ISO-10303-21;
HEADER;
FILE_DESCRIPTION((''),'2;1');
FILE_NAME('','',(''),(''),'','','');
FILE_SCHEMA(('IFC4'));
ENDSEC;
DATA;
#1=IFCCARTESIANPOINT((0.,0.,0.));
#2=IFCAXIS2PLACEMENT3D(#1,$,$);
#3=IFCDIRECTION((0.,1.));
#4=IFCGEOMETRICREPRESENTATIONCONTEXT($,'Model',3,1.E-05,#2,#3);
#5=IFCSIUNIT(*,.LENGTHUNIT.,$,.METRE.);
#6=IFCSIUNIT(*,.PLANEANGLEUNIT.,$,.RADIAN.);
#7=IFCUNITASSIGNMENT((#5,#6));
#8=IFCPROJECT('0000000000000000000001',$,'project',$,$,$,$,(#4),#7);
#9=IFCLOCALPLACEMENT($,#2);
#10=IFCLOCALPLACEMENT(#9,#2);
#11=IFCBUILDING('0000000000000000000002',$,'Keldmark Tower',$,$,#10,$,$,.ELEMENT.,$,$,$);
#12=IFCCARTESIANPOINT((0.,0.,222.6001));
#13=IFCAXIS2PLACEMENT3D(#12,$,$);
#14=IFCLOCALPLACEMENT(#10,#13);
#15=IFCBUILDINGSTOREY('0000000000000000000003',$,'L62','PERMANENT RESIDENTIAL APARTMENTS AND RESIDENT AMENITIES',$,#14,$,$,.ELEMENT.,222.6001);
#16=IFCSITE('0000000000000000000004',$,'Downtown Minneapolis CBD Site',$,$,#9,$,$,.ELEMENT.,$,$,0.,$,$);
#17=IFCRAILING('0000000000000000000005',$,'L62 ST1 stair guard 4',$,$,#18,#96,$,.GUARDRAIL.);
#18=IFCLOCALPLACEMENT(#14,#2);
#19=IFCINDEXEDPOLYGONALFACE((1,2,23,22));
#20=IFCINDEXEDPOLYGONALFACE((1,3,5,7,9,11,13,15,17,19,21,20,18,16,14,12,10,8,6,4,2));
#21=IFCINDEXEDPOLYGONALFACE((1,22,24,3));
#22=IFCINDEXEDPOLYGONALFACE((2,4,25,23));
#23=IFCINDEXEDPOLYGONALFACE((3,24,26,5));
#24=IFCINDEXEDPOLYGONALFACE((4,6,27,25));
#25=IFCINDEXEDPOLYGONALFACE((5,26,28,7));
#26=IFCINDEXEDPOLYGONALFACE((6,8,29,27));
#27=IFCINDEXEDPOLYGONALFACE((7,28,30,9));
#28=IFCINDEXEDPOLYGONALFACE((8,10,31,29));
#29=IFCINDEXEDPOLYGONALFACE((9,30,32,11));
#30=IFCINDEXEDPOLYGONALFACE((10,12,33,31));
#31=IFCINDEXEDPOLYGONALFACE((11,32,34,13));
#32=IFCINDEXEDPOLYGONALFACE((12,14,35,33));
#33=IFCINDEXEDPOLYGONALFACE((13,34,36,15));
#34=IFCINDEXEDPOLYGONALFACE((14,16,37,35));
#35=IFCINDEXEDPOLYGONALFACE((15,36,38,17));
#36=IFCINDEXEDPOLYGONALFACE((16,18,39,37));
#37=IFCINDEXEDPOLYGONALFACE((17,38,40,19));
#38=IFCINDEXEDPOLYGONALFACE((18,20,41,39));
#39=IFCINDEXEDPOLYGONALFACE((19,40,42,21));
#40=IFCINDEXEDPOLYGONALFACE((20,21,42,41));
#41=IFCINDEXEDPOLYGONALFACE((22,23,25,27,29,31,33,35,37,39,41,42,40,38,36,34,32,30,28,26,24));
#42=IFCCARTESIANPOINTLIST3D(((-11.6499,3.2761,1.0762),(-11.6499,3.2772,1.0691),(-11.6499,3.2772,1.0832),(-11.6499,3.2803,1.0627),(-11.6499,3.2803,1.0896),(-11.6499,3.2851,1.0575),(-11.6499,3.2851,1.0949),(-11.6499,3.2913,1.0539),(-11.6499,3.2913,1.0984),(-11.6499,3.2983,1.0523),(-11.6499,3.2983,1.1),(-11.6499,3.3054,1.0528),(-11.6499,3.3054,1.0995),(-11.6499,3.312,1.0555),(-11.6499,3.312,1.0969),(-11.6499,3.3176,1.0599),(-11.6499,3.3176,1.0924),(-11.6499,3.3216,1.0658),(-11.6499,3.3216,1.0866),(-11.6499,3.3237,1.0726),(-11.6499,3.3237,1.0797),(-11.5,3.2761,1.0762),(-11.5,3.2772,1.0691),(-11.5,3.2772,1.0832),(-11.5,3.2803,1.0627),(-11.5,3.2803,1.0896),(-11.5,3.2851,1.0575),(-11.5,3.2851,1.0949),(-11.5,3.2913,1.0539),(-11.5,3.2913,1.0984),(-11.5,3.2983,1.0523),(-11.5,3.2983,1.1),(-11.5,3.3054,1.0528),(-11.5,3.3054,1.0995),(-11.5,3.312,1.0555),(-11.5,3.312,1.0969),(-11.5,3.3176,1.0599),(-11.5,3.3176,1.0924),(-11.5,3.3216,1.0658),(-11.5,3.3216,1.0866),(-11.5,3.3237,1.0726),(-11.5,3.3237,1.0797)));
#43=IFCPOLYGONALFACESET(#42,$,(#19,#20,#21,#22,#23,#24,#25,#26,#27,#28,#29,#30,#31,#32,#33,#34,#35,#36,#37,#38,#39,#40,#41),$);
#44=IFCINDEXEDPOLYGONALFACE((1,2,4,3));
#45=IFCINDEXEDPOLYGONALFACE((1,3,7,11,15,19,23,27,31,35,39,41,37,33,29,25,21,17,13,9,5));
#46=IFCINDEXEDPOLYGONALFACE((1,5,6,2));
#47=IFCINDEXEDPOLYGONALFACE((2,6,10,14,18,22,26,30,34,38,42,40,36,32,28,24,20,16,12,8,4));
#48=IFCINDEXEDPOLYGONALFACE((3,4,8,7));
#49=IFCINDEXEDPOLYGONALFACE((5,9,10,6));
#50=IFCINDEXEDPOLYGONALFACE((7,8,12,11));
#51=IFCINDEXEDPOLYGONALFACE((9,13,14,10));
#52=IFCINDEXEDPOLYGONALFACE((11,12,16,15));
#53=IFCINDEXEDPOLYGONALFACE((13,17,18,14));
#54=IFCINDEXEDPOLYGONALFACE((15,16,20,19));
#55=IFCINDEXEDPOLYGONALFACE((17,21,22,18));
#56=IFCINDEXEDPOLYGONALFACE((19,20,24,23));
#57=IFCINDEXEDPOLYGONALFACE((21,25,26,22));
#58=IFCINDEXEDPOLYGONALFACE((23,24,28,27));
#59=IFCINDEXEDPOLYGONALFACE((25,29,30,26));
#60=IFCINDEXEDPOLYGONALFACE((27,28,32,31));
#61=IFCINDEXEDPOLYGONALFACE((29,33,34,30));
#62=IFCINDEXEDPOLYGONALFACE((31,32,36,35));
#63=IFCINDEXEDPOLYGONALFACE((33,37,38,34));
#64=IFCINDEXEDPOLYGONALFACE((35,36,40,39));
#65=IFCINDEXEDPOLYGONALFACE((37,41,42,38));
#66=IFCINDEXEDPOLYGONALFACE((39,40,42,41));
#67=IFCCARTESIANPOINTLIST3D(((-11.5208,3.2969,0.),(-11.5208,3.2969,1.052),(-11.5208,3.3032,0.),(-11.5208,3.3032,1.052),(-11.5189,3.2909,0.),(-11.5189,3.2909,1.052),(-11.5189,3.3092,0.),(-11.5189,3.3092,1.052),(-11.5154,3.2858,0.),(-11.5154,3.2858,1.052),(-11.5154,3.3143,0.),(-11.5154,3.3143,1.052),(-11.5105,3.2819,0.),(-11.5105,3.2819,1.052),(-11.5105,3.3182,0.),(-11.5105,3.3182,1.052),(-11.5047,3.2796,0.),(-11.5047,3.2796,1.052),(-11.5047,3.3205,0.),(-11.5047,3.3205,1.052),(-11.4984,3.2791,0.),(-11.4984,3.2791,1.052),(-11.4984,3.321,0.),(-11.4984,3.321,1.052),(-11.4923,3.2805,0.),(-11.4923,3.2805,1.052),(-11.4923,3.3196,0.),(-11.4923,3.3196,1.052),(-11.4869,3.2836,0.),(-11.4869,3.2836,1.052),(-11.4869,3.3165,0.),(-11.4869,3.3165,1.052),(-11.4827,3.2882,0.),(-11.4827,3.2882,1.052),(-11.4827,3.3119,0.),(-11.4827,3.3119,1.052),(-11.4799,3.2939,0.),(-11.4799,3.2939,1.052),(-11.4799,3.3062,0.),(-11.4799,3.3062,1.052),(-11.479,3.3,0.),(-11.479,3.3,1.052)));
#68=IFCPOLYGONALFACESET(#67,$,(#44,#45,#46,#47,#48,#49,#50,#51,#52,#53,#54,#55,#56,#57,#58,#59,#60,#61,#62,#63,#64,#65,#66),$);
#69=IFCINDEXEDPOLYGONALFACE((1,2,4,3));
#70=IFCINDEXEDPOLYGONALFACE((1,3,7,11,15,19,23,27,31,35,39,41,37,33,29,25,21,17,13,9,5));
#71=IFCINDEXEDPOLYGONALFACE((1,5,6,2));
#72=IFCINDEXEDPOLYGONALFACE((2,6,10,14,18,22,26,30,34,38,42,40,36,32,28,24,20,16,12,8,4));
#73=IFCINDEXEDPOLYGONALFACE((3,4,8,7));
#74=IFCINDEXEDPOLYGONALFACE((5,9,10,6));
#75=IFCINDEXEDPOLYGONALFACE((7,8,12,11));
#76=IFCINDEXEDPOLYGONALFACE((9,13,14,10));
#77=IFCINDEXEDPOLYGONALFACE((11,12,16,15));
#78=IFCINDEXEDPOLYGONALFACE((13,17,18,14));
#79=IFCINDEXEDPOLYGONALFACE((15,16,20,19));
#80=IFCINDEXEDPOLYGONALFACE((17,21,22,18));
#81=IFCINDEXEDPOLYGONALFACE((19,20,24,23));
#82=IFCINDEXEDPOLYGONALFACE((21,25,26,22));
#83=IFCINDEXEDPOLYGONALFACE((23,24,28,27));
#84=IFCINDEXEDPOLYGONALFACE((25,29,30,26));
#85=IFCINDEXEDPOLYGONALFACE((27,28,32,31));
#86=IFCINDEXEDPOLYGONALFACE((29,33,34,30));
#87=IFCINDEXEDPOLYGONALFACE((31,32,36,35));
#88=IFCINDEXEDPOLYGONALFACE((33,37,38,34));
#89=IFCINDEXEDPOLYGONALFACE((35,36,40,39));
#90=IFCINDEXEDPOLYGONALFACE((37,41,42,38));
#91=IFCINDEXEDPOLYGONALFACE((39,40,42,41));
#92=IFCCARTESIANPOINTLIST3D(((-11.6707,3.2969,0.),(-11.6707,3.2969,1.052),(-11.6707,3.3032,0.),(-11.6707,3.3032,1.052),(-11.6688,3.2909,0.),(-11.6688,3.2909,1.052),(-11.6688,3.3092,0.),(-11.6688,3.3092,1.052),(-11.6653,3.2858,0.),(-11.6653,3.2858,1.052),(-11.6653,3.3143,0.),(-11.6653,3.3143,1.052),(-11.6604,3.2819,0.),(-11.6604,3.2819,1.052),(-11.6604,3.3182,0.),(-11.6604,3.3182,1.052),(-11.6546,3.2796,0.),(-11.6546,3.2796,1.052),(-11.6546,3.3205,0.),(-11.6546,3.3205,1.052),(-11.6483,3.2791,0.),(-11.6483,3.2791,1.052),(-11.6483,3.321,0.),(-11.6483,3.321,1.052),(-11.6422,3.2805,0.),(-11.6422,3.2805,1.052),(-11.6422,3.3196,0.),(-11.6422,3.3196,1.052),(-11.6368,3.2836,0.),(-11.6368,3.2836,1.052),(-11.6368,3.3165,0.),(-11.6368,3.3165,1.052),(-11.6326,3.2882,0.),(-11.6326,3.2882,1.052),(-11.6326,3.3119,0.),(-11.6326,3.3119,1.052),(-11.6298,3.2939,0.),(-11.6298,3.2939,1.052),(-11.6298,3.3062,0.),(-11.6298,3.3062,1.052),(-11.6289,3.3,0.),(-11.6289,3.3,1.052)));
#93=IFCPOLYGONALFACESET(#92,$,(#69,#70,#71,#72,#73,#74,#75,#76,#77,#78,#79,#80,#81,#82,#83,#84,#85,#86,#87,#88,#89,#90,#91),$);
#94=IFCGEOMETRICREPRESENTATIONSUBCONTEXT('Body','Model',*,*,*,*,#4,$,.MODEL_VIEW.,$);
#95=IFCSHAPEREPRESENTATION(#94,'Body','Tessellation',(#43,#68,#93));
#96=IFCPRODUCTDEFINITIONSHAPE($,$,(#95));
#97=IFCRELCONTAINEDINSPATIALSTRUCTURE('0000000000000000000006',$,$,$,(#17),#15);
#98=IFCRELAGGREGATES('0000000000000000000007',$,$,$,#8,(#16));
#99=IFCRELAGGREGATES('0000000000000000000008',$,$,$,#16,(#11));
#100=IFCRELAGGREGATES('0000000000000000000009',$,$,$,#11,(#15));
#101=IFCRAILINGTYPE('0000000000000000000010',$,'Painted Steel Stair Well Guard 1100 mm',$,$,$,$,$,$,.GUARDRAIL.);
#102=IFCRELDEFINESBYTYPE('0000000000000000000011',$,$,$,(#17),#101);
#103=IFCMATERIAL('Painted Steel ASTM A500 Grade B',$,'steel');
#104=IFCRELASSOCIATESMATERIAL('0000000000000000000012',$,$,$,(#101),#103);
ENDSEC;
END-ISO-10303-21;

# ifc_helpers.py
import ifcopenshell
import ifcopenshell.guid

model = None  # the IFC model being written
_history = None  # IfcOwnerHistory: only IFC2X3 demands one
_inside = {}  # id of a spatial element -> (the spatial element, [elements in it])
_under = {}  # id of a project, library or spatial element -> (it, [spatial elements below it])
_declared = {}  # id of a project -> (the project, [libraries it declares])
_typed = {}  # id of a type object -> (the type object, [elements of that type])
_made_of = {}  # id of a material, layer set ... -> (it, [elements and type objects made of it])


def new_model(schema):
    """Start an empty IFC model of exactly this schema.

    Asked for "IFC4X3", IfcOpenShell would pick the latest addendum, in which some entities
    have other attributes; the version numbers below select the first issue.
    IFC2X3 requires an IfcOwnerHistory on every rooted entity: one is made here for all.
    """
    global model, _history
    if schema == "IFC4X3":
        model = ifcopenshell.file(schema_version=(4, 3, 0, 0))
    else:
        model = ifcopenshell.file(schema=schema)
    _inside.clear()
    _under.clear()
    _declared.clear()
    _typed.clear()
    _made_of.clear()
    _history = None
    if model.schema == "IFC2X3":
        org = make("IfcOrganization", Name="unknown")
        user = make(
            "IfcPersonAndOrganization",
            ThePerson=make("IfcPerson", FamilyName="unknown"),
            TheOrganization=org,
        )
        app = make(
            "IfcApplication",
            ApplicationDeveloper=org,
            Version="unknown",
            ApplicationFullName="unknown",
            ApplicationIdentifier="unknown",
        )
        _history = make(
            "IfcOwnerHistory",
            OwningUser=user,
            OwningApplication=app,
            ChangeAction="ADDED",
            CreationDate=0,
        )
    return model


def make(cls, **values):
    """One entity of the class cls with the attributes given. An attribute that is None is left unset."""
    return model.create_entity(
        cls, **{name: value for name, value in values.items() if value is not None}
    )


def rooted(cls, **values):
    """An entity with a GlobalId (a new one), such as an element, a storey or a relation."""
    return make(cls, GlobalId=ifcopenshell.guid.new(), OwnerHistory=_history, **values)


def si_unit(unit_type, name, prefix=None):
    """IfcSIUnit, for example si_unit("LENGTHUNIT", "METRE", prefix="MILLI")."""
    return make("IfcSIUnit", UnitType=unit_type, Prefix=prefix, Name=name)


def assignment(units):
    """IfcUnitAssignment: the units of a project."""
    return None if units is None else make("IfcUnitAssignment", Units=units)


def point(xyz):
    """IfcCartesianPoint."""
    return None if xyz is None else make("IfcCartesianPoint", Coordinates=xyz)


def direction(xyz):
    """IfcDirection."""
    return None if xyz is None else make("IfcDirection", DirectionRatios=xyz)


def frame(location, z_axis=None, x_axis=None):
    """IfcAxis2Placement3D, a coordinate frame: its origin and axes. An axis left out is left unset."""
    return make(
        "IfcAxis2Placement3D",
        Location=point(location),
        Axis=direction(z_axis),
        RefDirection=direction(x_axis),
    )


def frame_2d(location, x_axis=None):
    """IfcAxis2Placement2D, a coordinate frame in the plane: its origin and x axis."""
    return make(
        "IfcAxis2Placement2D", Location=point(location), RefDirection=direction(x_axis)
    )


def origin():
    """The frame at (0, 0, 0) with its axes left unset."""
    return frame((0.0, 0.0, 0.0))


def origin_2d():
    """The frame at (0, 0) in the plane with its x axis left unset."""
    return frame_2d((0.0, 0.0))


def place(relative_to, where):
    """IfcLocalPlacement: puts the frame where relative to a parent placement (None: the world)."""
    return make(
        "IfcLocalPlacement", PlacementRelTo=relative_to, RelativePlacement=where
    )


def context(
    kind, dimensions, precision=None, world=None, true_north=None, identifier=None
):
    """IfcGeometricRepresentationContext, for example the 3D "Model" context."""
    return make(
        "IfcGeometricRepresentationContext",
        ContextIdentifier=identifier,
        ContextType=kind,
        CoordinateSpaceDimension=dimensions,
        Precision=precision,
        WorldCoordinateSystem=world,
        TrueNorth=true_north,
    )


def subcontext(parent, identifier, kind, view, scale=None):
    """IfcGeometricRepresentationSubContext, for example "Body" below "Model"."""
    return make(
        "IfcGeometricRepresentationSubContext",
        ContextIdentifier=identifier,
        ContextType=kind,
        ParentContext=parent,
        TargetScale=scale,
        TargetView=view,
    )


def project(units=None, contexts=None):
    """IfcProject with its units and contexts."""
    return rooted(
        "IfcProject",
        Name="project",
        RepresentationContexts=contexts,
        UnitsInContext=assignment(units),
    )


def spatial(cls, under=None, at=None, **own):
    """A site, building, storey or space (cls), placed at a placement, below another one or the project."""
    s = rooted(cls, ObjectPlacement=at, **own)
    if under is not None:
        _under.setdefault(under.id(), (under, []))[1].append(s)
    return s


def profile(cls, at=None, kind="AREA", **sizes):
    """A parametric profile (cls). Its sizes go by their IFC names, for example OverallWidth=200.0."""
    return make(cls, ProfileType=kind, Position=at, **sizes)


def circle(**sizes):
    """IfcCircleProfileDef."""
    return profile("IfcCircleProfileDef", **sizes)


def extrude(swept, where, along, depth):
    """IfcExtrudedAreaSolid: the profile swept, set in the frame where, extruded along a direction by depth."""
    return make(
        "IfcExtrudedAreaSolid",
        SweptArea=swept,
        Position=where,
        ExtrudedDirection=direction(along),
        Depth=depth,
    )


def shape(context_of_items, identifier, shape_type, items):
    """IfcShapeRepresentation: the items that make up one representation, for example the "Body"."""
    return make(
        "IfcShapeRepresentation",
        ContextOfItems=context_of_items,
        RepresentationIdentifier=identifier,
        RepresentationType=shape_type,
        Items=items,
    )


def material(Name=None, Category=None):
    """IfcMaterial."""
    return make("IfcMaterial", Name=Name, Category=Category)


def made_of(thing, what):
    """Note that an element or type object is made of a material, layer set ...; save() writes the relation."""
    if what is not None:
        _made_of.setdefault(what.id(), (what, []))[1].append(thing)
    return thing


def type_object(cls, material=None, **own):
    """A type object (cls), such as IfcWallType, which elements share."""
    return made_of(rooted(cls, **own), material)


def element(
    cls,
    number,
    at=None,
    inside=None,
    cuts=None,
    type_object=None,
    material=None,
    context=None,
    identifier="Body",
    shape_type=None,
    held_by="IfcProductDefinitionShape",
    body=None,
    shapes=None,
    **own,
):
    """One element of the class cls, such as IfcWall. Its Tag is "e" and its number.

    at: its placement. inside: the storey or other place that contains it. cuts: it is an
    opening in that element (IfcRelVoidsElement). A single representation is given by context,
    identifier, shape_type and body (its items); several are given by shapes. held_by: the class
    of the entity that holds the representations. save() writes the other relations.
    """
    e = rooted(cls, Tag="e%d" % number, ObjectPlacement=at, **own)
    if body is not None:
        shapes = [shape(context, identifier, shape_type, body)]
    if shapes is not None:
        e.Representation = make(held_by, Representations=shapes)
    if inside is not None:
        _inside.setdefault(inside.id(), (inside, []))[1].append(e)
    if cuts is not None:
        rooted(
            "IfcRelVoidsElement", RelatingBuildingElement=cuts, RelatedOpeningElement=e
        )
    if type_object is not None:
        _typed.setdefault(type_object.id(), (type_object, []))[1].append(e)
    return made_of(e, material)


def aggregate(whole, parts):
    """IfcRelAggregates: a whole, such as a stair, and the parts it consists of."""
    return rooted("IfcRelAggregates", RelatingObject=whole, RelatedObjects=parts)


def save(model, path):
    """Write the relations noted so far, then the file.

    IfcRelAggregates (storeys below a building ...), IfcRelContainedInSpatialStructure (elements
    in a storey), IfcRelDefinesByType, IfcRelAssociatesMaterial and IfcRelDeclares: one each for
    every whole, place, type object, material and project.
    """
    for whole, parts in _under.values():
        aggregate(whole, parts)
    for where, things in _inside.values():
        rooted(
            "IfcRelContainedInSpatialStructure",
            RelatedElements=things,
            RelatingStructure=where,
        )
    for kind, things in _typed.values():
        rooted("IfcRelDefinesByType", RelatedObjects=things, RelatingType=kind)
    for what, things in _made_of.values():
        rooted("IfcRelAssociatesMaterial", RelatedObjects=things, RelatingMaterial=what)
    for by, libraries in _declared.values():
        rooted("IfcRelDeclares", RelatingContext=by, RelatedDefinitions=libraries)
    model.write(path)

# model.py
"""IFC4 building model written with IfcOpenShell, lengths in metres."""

from ifc_helpers import new_model, si_unit, direction, frame, origin, origin_2d, place, context, subcontext, project, spatial, circle, extrude, material, type_object, element, save


model = new_model("IFC4")

# Units and contexts
model_context = context("Model", 3, precision=1e-05, world=origin(), true_north=direction((0.0, 1.0)))
body_context = subcontext(model_context, "Body", "Model", "MODEL_VIEW")
ifc_project = project(units=[si_unit("LENGTHUNIT", "METRE"), si_unit("PLANEANGLEUNIT", "RADIAN")], contexts=[model_context])

# Site, building, storey
site_placement = place(None, origin())
site = spatial("IfcSite", under=ifc_project, at=site_placement, Name="Downtown Minneapolis CBD Site", CompositionType="ELEMENT", RefElevation=0.0)
building_placement = place(site_placement, origin())
building = spatial("IfcBuilding", under=site, at=building_placement, Name="Keldmark Tower", CompositionType="ELEMENT")
storey_placement = place(building_placement, frame((0.0, 0.0, 222.6001)))
storey = spatial("IfcBuildingStorey", under=building, at=storey_placement, Name="L62", Description="PERMANENT RESIDENTIAL APARTMENTS AND RESIDENT AMENITIES", CompositionType="ELEMENT", Elevation=222.6001)

# Railing
ifc_material_1 = material(Name="Painted Steel ASTM A500 Grade B", Category="steel")
railing_type_1 = type_object("IfcRailingType", Name="Painted Steel Stair Well Guard 1100 mm", PredefinedType="GUARDRAIL", material=ifc_material_1)
railing_1_placement = place(storey_placement, frame((-11.5, 3.3, 0.0)))
element("IfcRailing", 1, at=railing_1_placement, inside=storey, type_object=railing_type_1, Name="L62 ST1 stair guard 4", PredefinedType="GUARDRAIL", context=body_context, shape_type="SweptSolid", body=[
    extrude(circle(Radius=0.0239, at=origin_2d()), frame((0.0, 0.0, 1.0762), z_axis=(-1.0, 0.0, 0.0), x_axis=(0.0, -1.0, 0.0)), (0.0, 0.0, 1.0), 0.1499),
    extrude(circle(Radius=0.021, at=origin_2d()), origin(), (0.0, 0.0, 1.0), 1.052),
    extrude(circle(Radius=0.021, at=origin_2d()), frame((-0.1499, 0.0, 0.0)), (0.0, 0.0, 1.0), 1.052),
])

save(model, "model.ifc")
